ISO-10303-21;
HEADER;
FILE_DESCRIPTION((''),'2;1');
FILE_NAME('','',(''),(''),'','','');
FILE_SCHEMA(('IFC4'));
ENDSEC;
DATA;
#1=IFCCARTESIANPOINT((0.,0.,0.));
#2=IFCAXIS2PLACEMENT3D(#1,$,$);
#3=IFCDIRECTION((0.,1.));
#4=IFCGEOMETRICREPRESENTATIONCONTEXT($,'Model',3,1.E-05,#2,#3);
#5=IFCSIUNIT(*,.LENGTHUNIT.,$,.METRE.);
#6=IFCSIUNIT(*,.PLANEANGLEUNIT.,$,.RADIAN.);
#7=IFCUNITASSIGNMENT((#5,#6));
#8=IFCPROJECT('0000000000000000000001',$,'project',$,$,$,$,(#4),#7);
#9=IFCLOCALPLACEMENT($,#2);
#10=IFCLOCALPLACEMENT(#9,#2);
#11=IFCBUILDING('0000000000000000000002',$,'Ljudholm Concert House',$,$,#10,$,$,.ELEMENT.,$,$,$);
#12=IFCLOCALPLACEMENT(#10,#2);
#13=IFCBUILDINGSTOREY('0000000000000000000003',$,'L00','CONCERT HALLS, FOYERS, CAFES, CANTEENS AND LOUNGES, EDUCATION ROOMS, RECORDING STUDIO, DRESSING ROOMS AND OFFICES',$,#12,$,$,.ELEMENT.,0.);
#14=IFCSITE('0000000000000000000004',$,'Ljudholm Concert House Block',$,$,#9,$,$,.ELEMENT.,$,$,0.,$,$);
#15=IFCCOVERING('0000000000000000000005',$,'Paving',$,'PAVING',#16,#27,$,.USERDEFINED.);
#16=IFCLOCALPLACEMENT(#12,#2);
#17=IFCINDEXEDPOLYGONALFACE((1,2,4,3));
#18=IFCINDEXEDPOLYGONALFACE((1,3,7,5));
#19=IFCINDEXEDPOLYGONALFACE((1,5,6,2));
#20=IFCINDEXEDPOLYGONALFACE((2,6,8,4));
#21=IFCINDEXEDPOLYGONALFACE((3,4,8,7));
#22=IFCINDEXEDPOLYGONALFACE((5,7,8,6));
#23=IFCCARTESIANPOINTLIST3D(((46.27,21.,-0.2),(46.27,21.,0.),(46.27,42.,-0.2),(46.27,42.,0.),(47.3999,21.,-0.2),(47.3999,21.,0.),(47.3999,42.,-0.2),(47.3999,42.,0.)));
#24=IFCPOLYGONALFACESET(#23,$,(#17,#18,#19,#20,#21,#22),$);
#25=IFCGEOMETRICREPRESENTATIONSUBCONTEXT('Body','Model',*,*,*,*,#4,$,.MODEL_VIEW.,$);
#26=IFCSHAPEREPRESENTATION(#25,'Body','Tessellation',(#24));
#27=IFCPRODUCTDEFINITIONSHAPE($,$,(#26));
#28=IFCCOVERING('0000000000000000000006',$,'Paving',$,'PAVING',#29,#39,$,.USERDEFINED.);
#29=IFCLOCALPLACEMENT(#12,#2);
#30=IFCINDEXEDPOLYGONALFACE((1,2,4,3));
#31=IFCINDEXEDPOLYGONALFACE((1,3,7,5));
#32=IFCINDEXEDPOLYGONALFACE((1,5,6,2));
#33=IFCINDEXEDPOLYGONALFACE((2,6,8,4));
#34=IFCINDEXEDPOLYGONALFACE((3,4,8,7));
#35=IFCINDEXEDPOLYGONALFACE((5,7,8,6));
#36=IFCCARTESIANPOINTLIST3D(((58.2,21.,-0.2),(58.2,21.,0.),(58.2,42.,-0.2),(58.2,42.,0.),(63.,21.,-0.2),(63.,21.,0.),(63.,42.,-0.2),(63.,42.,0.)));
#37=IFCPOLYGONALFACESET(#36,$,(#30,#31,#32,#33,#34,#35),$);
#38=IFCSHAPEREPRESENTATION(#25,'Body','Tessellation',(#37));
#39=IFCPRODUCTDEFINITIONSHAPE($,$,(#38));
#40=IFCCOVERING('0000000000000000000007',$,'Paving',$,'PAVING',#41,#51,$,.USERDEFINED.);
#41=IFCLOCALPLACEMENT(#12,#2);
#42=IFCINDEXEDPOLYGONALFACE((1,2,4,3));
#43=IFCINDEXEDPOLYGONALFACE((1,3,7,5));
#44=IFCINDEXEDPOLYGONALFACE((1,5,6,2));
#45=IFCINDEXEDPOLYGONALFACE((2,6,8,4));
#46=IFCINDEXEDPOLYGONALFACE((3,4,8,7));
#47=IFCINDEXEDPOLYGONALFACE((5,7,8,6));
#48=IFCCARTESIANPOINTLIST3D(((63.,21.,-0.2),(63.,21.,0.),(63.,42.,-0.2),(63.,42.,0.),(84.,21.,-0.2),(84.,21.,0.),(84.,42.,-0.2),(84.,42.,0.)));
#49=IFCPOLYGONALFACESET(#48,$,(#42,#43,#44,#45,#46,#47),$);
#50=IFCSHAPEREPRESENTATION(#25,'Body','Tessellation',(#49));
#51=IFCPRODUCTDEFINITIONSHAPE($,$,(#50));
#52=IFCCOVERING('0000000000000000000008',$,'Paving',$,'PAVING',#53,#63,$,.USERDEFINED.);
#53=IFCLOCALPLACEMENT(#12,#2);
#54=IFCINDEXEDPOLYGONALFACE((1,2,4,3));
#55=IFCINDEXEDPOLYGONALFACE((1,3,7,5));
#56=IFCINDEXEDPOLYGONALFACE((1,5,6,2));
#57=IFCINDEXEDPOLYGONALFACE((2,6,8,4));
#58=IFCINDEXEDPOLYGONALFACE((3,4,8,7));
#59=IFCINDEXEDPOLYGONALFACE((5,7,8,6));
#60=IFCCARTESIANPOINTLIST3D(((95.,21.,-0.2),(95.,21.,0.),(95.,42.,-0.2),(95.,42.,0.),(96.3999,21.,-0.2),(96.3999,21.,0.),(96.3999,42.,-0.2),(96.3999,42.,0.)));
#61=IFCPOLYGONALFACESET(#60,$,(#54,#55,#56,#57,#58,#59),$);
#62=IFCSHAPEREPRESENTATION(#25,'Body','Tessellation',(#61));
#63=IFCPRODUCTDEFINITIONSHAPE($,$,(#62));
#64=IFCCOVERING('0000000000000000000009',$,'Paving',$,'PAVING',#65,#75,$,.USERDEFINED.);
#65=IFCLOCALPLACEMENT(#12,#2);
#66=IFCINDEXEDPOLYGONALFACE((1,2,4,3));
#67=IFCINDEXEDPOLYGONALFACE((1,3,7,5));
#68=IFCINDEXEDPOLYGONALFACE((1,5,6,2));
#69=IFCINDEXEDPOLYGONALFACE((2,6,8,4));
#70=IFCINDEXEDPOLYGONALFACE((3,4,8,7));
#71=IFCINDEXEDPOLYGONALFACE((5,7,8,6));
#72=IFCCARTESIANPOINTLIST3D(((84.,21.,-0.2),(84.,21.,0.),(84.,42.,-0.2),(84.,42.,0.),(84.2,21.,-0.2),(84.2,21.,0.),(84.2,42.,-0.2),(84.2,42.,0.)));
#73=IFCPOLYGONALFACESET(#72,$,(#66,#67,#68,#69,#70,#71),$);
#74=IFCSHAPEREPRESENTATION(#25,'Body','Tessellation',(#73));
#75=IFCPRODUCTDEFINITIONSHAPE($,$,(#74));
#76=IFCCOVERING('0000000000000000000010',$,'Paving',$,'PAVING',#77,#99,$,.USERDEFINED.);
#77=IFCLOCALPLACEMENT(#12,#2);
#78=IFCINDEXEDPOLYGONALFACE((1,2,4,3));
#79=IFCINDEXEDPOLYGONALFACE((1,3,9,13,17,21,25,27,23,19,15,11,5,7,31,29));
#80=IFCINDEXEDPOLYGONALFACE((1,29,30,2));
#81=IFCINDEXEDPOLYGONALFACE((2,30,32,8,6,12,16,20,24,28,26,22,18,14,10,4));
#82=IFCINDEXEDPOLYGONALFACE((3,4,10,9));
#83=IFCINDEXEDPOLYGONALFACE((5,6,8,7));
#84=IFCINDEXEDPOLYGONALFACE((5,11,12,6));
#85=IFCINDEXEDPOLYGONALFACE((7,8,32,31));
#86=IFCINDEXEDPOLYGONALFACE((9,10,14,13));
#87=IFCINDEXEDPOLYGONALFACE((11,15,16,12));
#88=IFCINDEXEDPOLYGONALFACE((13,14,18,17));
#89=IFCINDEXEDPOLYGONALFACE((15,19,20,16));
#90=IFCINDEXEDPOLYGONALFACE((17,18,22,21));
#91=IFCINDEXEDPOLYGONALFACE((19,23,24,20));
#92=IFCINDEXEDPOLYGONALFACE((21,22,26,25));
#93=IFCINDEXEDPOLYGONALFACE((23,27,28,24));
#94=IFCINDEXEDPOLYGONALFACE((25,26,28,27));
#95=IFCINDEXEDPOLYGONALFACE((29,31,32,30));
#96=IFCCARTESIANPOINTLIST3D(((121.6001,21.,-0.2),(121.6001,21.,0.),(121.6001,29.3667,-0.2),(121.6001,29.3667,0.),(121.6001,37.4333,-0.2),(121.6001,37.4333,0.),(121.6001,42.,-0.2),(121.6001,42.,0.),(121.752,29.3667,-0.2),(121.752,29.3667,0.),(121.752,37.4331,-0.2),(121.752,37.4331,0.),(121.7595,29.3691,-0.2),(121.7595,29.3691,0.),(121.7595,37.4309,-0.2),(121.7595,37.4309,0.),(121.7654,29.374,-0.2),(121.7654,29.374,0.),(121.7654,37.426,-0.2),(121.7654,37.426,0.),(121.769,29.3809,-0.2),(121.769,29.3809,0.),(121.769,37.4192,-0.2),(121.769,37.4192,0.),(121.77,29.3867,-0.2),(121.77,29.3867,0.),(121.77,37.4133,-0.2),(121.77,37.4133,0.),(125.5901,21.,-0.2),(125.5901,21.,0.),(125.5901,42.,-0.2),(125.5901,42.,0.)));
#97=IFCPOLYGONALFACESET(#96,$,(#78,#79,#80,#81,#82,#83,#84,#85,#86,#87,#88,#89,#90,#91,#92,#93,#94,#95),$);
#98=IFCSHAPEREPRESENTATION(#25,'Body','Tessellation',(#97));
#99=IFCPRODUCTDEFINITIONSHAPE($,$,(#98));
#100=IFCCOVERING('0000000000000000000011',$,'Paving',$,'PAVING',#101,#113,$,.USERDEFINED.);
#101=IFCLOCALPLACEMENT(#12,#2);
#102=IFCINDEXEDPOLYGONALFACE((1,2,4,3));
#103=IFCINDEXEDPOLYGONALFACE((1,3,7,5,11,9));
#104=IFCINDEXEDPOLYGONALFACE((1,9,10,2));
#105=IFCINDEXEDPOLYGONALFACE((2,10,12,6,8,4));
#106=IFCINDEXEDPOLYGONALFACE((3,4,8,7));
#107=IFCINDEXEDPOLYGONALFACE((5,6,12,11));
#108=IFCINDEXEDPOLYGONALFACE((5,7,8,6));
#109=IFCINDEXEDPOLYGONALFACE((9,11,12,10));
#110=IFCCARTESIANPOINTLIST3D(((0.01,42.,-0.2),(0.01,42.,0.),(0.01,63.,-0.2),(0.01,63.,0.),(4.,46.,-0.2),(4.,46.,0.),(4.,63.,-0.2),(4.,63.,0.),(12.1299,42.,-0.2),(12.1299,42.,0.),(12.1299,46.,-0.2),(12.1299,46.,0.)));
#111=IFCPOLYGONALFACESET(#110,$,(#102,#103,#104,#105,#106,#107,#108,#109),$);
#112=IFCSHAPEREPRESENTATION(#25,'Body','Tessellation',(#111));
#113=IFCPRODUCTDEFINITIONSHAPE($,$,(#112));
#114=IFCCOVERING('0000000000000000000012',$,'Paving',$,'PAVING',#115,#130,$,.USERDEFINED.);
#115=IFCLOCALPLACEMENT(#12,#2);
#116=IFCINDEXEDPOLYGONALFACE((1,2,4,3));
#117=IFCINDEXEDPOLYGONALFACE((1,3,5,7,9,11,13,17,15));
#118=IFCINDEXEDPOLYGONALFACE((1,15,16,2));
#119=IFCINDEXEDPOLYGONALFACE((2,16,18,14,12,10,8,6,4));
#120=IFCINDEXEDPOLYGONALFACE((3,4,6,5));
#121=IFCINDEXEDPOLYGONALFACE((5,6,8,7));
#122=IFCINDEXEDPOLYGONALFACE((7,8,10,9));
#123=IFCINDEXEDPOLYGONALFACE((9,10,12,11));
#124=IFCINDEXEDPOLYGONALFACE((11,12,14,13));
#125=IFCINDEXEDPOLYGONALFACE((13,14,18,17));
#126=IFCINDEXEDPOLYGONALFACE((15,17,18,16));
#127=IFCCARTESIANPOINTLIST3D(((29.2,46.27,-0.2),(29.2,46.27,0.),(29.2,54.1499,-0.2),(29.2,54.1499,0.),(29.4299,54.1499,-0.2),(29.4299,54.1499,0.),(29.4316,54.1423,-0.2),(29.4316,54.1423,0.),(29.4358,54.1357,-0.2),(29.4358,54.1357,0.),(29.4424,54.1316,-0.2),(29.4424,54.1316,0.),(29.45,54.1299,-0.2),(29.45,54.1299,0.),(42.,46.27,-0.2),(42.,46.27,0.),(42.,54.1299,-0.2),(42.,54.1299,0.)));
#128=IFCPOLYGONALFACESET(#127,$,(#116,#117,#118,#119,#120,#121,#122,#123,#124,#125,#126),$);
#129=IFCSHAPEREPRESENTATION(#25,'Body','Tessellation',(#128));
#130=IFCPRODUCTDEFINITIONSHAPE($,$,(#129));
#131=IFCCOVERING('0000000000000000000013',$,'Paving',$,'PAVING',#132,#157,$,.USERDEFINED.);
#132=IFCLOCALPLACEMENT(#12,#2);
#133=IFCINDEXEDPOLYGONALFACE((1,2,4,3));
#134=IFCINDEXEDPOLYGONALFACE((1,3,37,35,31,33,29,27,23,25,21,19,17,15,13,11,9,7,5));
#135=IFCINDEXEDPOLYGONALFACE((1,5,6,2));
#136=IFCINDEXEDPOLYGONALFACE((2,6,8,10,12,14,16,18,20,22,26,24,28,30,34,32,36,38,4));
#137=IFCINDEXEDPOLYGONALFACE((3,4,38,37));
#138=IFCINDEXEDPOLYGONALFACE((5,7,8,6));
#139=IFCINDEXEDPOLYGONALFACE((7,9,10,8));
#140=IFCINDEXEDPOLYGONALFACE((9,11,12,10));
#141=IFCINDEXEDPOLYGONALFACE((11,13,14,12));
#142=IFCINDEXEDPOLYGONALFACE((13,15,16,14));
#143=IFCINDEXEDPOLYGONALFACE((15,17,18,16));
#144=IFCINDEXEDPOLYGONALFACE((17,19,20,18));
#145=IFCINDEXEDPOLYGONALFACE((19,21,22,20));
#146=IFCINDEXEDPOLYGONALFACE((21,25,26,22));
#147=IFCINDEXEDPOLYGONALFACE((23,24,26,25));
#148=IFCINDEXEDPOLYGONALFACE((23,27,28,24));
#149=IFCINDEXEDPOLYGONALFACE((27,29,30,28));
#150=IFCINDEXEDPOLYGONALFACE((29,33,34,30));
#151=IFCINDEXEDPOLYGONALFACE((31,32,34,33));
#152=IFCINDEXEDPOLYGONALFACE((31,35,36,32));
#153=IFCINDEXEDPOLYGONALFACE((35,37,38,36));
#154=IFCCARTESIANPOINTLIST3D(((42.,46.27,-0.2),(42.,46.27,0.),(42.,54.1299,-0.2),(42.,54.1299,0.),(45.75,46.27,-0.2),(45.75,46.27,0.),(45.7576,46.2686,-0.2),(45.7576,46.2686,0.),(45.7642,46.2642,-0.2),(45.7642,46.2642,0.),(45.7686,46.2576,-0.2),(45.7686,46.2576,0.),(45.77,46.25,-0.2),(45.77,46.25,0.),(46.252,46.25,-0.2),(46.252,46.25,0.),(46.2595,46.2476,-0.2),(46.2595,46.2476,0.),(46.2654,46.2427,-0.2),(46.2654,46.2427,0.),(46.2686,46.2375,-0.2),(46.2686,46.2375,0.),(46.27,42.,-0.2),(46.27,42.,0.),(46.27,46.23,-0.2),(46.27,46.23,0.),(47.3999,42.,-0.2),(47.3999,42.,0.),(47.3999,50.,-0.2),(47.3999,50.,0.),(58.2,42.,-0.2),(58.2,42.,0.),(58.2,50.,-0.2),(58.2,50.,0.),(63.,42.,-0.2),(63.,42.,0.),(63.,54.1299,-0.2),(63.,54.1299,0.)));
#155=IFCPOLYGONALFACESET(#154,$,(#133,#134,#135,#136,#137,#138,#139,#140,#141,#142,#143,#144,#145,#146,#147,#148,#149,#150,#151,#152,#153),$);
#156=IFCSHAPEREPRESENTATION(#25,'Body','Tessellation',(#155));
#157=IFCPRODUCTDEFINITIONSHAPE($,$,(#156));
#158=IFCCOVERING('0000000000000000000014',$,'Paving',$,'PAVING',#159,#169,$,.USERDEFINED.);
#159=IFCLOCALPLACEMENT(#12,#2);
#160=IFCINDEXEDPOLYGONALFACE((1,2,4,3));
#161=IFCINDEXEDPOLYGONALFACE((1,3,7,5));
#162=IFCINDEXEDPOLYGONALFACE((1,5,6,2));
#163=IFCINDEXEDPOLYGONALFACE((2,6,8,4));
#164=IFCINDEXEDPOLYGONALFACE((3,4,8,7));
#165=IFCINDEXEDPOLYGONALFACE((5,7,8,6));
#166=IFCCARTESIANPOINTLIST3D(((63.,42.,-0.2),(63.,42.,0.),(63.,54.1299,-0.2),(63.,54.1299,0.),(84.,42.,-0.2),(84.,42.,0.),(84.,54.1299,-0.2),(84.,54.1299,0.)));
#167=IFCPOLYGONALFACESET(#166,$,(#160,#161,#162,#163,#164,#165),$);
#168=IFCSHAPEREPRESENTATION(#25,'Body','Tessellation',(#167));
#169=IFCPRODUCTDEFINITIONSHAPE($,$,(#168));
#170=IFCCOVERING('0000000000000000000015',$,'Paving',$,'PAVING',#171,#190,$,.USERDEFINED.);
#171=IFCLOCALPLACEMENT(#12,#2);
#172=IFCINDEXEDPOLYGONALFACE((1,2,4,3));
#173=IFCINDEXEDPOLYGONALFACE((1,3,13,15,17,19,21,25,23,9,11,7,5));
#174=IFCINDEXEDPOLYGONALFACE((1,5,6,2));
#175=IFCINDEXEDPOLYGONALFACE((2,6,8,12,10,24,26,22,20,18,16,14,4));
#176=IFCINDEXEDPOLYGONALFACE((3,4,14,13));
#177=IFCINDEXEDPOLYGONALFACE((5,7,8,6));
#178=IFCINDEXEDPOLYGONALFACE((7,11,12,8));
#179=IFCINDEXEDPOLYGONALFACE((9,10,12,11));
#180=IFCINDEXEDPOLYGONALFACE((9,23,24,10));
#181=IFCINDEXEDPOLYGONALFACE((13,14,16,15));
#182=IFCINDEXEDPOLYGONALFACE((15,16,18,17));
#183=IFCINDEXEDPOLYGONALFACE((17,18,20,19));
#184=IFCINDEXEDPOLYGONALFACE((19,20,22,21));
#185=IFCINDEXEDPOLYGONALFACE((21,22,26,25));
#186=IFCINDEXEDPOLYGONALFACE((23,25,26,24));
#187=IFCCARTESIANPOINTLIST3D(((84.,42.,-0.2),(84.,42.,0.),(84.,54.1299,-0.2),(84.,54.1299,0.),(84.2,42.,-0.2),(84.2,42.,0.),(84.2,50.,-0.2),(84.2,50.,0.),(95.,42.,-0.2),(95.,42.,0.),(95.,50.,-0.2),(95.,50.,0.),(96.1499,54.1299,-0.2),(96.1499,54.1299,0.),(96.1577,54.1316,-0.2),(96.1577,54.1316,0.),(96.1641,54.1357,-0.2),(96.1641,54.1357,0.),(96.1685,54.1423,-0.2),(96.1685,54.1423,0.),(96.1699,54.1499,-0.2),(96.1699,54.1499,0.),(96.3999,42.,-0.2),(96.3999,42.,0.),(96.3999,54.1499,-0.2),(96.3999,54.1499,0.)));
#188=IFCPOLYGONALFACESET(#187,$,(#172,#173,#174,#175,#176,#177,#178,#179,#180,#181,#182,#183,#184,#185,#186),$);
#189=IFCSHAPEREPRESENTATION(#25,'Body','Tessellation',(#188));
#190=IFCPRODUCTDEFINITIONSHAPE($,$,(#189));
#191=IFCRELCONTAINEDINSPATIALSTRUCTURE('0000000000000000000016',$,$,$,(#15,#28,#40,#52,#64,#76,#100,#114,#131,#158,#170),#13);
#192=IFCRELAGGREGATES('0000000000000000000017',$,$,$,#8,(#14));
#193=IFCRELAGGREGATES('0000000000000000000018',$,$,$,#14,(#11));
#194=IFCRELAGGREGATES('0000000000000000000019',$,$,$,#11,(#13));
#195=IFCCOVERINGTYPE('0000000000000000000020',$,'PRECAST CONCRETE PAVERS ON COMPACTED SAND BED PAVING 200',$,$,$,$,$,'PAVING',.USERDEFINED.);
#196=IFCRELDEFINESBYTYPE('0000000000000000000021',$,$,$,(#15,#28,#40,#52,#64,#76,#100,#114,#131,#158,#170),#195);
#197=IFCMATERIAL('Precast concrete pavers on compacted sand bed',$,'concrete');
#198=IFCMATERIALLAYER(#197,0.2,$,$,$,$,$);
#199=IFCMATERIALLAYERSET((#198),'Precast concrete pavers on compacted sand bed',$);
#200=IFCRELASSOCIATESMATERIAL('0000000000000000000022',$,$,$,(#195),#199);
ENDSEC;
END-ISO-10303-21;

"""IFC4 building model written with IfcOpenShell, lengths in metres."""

from ifc_helpers import new_model, si_unit, direction, frame, origin, place, context, subcontext, project, spatial, polyline, outline, extrude, material, layer, layer_set, type_object, element, save


model = new_model("IFC4")

# Units and contexts
model_context = context("Model", 3, precision=1e-05, world=origin(), true_north=direction((0.0, 1.0)))
body_context = subcontext(model_context, "Body", "Model", "MODEL_VIEW")
ifc_project = project(units=[si_unit("LENGTHUNIT", "METRE"), si_unit("PLANEANGLEUNIT", "RADIAN")], contexts=[model_context])

# Site, building, storey
site_placement = place(None, origin())
site = spatial("IfcSite", under=ifc_project, at=site_placement, Name="Ljudholm Concert House Block", CompositionType="ELEMENT", RefElevation=0.0)
building_placement = place(site_placement, origin())
building = spatial("IfcBuilding", under=site, at=building_placement, Name="Ljudholm Concert House", CompositionType="ELEMENT")
storey_placement = place(building_placement, origin())
storey = spatial("IfcBuildingStorey", under=building, at=storey_placement, Name="L00", Description="CONCERT HALLS, FOYERS, CAFES, CANTEENS AND LOUNGES, EDUCATION ROOMS, RECORDING STUDIO, DRESSING ROOMS AND OFFICES", CompositionType="ELEMENT", Elevation=0.0)

# Coverings
ifc_material = material(Name="Precast concrete pavers on compacted sand bed", Category="concrete")
ifc_layer = layer(ifc_material, 0.2)
ifc_layer_set = layer_set([ifc_layer], Name="Precast concrete pavers on compacted sand bed")
covering_type = type_object("IfcCoveringType", Name="PRECAST CONCRETE PAVERS ON COMPACTED SAND BED PAVING 200", ElementType="PAVING", PredefinedType="USERDEFINED", material=ifc_layer_set)
covering_1_placement = place(storey_placement, frame((0.0, 0.0, -0.2)))
element("IfcCovering", 1, at=covering_1_placement, inside=storey, type_object=covering_type, Name="Paving", ObjectType="PAVING", PredefinedType="USERDEFINED", context=body_context, shape_type="SweptSolid", body=[
    extrude(outline(polyline([(46.27, 42.0), (47.3999, 42.0), (47.3999, 21.0), (46.27, 21.0), (46.27, 42.0)])), origin(), (0.0, 0.0, 1.0), 0.2),
])
covering_2_placement = place(storey_placement, frame((0.0, 0.0, -0.2)))
element("IfcCovering", 2, at=covering_2_placement, inside=storey, type_object=covering_type, Name="Paving", ObjectType="PAVING", PredefinedType="USERDEFINED", context=body_context, shape_type="SweptSolid", body=[
    extrude(outline(polyline([(58.2, 42.0), (63.0, 42.0), (63.0, 21.0), (58.2, 21.0), (58.2, 42.0)])), origin(), (0.0, 0.0, 1.0), 0.2),
])
covering_3_placement = place(storey_placement, frame((0.0, 0.0, -0.2)))
element("IfcCovering", 3, at=covering_3_placement, inside=storey, type_object=covering_type, Name="Paving", ObjectType="PAVING", PredefinedType="USERDEFINED", context=body_context, shape_type="SweptSolid", body=[
    extrude(outline(polyline([(63.0, 21.0), (63.0, 42.0), (84.0, 42.0), (84.0, 21.0), (63.0, 21.0)])), origin(), (0.0, 0.0, 1.0), 0.2),
])
covering_4_placement = place(storey_placement, frame((0.0, 0.0, -0.2)))
element("IfcCovering", 4, at=covering_4_placement, inside=storey, type_object=covering_type, Name="Paving", ObjectType="PAVING", PredefinedType="USERDEFINED", context=body_context, shape_type="SweptSolid", body=[
    extrude(outline(polyline([(96.3999, 21.0), (95.0, 21.0), (95.0, 42.0), (96.3999, 42.0), (96.3999, 21.0)])), origin(), (0.0, 0.0, 1.0), 0.2),
])
covering_5_placement = place(storey_placement, frame((0.0, 0.0, -0.2)))
element("IfcCovering", 5, at=covering_5_placement, inside=storey, type_object=covering_type, Name="Paving", ObjectType="PAVING", PredefinedType="USERDEFINED", context=body_context, shape_type="SweptSolid", body=[
    extrude(outline(polyline([(84.2, 21.0), (84.0, 21.0), (84.0, 42.0), (84.2, 42.0), (84.2, 21.0)])), origin(), (0.0, 0.0, 1.0), 0.2),
])
covering_6_placement = place(storey_placement, frame((0.0, 0.0, -0.2)))
element("IfcCovering", 6, at=covering_6_placement, inside=storey, type_object=covering_type, Name="Paving", ObjectType="PAVING", PredefinedType="USERDEFINED", context=body_context, shape_type="SweptSolid", body=[
    extrude(outline(polyline([(125.5901, 21.0), (121.6001, 21.0), (121.6001, 29.3667), (121.752, 29.3667), (121.7595, 29.3691), (121.7654, 29.374), (121.769, 29.3809), (121.77, 29.3867), (121.77, 37.4133), (121.769, 37.4192), (121.7654, 37.426), (121.7595, 37.4309), (121.752, 37.4331), (121.6001, 37.4333), (121.6001, 42.0), (125.5901, 42.0), (125.5901, 21.0)])), origin(), (0.0, 0.0, 1.0), 0.2),
])
covering_7_placement = place(storey_placement, frame((0.0, 0.0, -0.2)))
element("IfcCovering", 7, at=covering_7_placement, inside=storey, type_object=covering_type, Name="Paving", ObjectType="PAVING", PredefinedType="USERDEFINED", context=body_context, shape_type="SweptSolid", body=[
    extrude(outline(polyline([(0.01, 63.0), (4.0, 63.0), (4.0, 46.0), (12.1299, 46.0), (12.1299, 42.0), (0.01, 42.0), (0.01, 63.0)])), origin(), (0.0, 0.0, 1.0), 0.2),
])
covering_8_placement = place(storey_placement, frame((0.0, 0.0, -0.2)))
element("IfcCovering", 8, at=covering_8_placement, inside=storey, type_object=covering_type, Name="Paving", ObjectType="PAVING", PredefinedType="USERDEFINED", context=body_context, shape_type="SweptSolid", body=[
    extrude(outline(polyline([(29.2, 46.27), (29.2, 54.1499), (29.4299, 54.1499), (29.4316, 54.1423), (29.4358, 54.1357), (29.4424, 54.1316), (29.45, 54.1299), (42.0, 54.1299), (42.0, 46.27), (29.2, 46.27)])), origin(), (0.0, 0.0, 1.0), 0.2),
])
covering_9_placement = place(storey_placement, frame((0.0, 0.0, -0.2)))
element("IfcCovering", 9, at=covering_9_placement, inside=storey, type_object=covering_type, Name="Paving", ObjectType="PAVING", PredefinedType="USERDEFINED", context=body_context, shape_type="SweptSolid", body=[
    extrude(outline(polyline([(46.27, 46.23), (46.2686, 46.2375), (46.2654, 46.2427), (46.2595, 46.2476), (46.252, 46.25), (45.77, 46.25), (45.7686, 46.2576), (45.7642, 46.2642), (45.7576, 46.2686), (45.75, 46.27), (42.0, 46.27), (42.0, 54.1299), (63.0, 54.1299), (63.0, 42.0), (58.2, 42.0), (58.2, 50.0), (47.3999, 50.0), (47.3999, 42.0), (46.27, 42.0), (46.27, 46.23)])), origin(), (0.0, 0.0, 1.0), 0.2),
])
covering_10_placement = place(storey_placement, frame((0.0, 0.0, -0.2)))
element("IfcCovering", 10, at=covering_10_placement, inside=storey, type_object=covering_type, Name="Paving", ObjectType="PAVING", PredefinedType="USERDEFINED", context=body_context, shape_type="SweptSolid", body=[
    extrude(outline(polyline([(84.0, 54.1299), (84.0, 42.0), (63.0, 42.0), (63.0, 54.1299), (84.0, 54.1299)])), origin(), (0.0, 0.0, 1.0), 0.2),
])
covering_11_placement = place(storey_placement, frame((0.0, 0.0, -0.2)))
element("IfcCovering", 11, at=covering_11_placement, inside=storey, type_object=covering_type, Name="Paving", ObjectType="PAVING", PredefinedType="USERDEFINED", context=body_context, shape_type="SweptSolid", body=[
    extrude(outline(polyline([(96.1499, 54.1299), (96.1577, 54.1316), (96.1641, 54.1357), (96.1685, 54.1423), (96.1699, 54.1499), (96.3999, 54.1499), (96.3999, 42.0), (95.0, 42.0), (95.0, 50.0), (84.2, 50.0), (84.2, 42.0), (84.0, 42.0), (84.0, 54.1299), (96.1499, 54.1299)])), origin(), (0.0, 0.0, 1.0), 0.2),
])

save(model, "model.ifc")
